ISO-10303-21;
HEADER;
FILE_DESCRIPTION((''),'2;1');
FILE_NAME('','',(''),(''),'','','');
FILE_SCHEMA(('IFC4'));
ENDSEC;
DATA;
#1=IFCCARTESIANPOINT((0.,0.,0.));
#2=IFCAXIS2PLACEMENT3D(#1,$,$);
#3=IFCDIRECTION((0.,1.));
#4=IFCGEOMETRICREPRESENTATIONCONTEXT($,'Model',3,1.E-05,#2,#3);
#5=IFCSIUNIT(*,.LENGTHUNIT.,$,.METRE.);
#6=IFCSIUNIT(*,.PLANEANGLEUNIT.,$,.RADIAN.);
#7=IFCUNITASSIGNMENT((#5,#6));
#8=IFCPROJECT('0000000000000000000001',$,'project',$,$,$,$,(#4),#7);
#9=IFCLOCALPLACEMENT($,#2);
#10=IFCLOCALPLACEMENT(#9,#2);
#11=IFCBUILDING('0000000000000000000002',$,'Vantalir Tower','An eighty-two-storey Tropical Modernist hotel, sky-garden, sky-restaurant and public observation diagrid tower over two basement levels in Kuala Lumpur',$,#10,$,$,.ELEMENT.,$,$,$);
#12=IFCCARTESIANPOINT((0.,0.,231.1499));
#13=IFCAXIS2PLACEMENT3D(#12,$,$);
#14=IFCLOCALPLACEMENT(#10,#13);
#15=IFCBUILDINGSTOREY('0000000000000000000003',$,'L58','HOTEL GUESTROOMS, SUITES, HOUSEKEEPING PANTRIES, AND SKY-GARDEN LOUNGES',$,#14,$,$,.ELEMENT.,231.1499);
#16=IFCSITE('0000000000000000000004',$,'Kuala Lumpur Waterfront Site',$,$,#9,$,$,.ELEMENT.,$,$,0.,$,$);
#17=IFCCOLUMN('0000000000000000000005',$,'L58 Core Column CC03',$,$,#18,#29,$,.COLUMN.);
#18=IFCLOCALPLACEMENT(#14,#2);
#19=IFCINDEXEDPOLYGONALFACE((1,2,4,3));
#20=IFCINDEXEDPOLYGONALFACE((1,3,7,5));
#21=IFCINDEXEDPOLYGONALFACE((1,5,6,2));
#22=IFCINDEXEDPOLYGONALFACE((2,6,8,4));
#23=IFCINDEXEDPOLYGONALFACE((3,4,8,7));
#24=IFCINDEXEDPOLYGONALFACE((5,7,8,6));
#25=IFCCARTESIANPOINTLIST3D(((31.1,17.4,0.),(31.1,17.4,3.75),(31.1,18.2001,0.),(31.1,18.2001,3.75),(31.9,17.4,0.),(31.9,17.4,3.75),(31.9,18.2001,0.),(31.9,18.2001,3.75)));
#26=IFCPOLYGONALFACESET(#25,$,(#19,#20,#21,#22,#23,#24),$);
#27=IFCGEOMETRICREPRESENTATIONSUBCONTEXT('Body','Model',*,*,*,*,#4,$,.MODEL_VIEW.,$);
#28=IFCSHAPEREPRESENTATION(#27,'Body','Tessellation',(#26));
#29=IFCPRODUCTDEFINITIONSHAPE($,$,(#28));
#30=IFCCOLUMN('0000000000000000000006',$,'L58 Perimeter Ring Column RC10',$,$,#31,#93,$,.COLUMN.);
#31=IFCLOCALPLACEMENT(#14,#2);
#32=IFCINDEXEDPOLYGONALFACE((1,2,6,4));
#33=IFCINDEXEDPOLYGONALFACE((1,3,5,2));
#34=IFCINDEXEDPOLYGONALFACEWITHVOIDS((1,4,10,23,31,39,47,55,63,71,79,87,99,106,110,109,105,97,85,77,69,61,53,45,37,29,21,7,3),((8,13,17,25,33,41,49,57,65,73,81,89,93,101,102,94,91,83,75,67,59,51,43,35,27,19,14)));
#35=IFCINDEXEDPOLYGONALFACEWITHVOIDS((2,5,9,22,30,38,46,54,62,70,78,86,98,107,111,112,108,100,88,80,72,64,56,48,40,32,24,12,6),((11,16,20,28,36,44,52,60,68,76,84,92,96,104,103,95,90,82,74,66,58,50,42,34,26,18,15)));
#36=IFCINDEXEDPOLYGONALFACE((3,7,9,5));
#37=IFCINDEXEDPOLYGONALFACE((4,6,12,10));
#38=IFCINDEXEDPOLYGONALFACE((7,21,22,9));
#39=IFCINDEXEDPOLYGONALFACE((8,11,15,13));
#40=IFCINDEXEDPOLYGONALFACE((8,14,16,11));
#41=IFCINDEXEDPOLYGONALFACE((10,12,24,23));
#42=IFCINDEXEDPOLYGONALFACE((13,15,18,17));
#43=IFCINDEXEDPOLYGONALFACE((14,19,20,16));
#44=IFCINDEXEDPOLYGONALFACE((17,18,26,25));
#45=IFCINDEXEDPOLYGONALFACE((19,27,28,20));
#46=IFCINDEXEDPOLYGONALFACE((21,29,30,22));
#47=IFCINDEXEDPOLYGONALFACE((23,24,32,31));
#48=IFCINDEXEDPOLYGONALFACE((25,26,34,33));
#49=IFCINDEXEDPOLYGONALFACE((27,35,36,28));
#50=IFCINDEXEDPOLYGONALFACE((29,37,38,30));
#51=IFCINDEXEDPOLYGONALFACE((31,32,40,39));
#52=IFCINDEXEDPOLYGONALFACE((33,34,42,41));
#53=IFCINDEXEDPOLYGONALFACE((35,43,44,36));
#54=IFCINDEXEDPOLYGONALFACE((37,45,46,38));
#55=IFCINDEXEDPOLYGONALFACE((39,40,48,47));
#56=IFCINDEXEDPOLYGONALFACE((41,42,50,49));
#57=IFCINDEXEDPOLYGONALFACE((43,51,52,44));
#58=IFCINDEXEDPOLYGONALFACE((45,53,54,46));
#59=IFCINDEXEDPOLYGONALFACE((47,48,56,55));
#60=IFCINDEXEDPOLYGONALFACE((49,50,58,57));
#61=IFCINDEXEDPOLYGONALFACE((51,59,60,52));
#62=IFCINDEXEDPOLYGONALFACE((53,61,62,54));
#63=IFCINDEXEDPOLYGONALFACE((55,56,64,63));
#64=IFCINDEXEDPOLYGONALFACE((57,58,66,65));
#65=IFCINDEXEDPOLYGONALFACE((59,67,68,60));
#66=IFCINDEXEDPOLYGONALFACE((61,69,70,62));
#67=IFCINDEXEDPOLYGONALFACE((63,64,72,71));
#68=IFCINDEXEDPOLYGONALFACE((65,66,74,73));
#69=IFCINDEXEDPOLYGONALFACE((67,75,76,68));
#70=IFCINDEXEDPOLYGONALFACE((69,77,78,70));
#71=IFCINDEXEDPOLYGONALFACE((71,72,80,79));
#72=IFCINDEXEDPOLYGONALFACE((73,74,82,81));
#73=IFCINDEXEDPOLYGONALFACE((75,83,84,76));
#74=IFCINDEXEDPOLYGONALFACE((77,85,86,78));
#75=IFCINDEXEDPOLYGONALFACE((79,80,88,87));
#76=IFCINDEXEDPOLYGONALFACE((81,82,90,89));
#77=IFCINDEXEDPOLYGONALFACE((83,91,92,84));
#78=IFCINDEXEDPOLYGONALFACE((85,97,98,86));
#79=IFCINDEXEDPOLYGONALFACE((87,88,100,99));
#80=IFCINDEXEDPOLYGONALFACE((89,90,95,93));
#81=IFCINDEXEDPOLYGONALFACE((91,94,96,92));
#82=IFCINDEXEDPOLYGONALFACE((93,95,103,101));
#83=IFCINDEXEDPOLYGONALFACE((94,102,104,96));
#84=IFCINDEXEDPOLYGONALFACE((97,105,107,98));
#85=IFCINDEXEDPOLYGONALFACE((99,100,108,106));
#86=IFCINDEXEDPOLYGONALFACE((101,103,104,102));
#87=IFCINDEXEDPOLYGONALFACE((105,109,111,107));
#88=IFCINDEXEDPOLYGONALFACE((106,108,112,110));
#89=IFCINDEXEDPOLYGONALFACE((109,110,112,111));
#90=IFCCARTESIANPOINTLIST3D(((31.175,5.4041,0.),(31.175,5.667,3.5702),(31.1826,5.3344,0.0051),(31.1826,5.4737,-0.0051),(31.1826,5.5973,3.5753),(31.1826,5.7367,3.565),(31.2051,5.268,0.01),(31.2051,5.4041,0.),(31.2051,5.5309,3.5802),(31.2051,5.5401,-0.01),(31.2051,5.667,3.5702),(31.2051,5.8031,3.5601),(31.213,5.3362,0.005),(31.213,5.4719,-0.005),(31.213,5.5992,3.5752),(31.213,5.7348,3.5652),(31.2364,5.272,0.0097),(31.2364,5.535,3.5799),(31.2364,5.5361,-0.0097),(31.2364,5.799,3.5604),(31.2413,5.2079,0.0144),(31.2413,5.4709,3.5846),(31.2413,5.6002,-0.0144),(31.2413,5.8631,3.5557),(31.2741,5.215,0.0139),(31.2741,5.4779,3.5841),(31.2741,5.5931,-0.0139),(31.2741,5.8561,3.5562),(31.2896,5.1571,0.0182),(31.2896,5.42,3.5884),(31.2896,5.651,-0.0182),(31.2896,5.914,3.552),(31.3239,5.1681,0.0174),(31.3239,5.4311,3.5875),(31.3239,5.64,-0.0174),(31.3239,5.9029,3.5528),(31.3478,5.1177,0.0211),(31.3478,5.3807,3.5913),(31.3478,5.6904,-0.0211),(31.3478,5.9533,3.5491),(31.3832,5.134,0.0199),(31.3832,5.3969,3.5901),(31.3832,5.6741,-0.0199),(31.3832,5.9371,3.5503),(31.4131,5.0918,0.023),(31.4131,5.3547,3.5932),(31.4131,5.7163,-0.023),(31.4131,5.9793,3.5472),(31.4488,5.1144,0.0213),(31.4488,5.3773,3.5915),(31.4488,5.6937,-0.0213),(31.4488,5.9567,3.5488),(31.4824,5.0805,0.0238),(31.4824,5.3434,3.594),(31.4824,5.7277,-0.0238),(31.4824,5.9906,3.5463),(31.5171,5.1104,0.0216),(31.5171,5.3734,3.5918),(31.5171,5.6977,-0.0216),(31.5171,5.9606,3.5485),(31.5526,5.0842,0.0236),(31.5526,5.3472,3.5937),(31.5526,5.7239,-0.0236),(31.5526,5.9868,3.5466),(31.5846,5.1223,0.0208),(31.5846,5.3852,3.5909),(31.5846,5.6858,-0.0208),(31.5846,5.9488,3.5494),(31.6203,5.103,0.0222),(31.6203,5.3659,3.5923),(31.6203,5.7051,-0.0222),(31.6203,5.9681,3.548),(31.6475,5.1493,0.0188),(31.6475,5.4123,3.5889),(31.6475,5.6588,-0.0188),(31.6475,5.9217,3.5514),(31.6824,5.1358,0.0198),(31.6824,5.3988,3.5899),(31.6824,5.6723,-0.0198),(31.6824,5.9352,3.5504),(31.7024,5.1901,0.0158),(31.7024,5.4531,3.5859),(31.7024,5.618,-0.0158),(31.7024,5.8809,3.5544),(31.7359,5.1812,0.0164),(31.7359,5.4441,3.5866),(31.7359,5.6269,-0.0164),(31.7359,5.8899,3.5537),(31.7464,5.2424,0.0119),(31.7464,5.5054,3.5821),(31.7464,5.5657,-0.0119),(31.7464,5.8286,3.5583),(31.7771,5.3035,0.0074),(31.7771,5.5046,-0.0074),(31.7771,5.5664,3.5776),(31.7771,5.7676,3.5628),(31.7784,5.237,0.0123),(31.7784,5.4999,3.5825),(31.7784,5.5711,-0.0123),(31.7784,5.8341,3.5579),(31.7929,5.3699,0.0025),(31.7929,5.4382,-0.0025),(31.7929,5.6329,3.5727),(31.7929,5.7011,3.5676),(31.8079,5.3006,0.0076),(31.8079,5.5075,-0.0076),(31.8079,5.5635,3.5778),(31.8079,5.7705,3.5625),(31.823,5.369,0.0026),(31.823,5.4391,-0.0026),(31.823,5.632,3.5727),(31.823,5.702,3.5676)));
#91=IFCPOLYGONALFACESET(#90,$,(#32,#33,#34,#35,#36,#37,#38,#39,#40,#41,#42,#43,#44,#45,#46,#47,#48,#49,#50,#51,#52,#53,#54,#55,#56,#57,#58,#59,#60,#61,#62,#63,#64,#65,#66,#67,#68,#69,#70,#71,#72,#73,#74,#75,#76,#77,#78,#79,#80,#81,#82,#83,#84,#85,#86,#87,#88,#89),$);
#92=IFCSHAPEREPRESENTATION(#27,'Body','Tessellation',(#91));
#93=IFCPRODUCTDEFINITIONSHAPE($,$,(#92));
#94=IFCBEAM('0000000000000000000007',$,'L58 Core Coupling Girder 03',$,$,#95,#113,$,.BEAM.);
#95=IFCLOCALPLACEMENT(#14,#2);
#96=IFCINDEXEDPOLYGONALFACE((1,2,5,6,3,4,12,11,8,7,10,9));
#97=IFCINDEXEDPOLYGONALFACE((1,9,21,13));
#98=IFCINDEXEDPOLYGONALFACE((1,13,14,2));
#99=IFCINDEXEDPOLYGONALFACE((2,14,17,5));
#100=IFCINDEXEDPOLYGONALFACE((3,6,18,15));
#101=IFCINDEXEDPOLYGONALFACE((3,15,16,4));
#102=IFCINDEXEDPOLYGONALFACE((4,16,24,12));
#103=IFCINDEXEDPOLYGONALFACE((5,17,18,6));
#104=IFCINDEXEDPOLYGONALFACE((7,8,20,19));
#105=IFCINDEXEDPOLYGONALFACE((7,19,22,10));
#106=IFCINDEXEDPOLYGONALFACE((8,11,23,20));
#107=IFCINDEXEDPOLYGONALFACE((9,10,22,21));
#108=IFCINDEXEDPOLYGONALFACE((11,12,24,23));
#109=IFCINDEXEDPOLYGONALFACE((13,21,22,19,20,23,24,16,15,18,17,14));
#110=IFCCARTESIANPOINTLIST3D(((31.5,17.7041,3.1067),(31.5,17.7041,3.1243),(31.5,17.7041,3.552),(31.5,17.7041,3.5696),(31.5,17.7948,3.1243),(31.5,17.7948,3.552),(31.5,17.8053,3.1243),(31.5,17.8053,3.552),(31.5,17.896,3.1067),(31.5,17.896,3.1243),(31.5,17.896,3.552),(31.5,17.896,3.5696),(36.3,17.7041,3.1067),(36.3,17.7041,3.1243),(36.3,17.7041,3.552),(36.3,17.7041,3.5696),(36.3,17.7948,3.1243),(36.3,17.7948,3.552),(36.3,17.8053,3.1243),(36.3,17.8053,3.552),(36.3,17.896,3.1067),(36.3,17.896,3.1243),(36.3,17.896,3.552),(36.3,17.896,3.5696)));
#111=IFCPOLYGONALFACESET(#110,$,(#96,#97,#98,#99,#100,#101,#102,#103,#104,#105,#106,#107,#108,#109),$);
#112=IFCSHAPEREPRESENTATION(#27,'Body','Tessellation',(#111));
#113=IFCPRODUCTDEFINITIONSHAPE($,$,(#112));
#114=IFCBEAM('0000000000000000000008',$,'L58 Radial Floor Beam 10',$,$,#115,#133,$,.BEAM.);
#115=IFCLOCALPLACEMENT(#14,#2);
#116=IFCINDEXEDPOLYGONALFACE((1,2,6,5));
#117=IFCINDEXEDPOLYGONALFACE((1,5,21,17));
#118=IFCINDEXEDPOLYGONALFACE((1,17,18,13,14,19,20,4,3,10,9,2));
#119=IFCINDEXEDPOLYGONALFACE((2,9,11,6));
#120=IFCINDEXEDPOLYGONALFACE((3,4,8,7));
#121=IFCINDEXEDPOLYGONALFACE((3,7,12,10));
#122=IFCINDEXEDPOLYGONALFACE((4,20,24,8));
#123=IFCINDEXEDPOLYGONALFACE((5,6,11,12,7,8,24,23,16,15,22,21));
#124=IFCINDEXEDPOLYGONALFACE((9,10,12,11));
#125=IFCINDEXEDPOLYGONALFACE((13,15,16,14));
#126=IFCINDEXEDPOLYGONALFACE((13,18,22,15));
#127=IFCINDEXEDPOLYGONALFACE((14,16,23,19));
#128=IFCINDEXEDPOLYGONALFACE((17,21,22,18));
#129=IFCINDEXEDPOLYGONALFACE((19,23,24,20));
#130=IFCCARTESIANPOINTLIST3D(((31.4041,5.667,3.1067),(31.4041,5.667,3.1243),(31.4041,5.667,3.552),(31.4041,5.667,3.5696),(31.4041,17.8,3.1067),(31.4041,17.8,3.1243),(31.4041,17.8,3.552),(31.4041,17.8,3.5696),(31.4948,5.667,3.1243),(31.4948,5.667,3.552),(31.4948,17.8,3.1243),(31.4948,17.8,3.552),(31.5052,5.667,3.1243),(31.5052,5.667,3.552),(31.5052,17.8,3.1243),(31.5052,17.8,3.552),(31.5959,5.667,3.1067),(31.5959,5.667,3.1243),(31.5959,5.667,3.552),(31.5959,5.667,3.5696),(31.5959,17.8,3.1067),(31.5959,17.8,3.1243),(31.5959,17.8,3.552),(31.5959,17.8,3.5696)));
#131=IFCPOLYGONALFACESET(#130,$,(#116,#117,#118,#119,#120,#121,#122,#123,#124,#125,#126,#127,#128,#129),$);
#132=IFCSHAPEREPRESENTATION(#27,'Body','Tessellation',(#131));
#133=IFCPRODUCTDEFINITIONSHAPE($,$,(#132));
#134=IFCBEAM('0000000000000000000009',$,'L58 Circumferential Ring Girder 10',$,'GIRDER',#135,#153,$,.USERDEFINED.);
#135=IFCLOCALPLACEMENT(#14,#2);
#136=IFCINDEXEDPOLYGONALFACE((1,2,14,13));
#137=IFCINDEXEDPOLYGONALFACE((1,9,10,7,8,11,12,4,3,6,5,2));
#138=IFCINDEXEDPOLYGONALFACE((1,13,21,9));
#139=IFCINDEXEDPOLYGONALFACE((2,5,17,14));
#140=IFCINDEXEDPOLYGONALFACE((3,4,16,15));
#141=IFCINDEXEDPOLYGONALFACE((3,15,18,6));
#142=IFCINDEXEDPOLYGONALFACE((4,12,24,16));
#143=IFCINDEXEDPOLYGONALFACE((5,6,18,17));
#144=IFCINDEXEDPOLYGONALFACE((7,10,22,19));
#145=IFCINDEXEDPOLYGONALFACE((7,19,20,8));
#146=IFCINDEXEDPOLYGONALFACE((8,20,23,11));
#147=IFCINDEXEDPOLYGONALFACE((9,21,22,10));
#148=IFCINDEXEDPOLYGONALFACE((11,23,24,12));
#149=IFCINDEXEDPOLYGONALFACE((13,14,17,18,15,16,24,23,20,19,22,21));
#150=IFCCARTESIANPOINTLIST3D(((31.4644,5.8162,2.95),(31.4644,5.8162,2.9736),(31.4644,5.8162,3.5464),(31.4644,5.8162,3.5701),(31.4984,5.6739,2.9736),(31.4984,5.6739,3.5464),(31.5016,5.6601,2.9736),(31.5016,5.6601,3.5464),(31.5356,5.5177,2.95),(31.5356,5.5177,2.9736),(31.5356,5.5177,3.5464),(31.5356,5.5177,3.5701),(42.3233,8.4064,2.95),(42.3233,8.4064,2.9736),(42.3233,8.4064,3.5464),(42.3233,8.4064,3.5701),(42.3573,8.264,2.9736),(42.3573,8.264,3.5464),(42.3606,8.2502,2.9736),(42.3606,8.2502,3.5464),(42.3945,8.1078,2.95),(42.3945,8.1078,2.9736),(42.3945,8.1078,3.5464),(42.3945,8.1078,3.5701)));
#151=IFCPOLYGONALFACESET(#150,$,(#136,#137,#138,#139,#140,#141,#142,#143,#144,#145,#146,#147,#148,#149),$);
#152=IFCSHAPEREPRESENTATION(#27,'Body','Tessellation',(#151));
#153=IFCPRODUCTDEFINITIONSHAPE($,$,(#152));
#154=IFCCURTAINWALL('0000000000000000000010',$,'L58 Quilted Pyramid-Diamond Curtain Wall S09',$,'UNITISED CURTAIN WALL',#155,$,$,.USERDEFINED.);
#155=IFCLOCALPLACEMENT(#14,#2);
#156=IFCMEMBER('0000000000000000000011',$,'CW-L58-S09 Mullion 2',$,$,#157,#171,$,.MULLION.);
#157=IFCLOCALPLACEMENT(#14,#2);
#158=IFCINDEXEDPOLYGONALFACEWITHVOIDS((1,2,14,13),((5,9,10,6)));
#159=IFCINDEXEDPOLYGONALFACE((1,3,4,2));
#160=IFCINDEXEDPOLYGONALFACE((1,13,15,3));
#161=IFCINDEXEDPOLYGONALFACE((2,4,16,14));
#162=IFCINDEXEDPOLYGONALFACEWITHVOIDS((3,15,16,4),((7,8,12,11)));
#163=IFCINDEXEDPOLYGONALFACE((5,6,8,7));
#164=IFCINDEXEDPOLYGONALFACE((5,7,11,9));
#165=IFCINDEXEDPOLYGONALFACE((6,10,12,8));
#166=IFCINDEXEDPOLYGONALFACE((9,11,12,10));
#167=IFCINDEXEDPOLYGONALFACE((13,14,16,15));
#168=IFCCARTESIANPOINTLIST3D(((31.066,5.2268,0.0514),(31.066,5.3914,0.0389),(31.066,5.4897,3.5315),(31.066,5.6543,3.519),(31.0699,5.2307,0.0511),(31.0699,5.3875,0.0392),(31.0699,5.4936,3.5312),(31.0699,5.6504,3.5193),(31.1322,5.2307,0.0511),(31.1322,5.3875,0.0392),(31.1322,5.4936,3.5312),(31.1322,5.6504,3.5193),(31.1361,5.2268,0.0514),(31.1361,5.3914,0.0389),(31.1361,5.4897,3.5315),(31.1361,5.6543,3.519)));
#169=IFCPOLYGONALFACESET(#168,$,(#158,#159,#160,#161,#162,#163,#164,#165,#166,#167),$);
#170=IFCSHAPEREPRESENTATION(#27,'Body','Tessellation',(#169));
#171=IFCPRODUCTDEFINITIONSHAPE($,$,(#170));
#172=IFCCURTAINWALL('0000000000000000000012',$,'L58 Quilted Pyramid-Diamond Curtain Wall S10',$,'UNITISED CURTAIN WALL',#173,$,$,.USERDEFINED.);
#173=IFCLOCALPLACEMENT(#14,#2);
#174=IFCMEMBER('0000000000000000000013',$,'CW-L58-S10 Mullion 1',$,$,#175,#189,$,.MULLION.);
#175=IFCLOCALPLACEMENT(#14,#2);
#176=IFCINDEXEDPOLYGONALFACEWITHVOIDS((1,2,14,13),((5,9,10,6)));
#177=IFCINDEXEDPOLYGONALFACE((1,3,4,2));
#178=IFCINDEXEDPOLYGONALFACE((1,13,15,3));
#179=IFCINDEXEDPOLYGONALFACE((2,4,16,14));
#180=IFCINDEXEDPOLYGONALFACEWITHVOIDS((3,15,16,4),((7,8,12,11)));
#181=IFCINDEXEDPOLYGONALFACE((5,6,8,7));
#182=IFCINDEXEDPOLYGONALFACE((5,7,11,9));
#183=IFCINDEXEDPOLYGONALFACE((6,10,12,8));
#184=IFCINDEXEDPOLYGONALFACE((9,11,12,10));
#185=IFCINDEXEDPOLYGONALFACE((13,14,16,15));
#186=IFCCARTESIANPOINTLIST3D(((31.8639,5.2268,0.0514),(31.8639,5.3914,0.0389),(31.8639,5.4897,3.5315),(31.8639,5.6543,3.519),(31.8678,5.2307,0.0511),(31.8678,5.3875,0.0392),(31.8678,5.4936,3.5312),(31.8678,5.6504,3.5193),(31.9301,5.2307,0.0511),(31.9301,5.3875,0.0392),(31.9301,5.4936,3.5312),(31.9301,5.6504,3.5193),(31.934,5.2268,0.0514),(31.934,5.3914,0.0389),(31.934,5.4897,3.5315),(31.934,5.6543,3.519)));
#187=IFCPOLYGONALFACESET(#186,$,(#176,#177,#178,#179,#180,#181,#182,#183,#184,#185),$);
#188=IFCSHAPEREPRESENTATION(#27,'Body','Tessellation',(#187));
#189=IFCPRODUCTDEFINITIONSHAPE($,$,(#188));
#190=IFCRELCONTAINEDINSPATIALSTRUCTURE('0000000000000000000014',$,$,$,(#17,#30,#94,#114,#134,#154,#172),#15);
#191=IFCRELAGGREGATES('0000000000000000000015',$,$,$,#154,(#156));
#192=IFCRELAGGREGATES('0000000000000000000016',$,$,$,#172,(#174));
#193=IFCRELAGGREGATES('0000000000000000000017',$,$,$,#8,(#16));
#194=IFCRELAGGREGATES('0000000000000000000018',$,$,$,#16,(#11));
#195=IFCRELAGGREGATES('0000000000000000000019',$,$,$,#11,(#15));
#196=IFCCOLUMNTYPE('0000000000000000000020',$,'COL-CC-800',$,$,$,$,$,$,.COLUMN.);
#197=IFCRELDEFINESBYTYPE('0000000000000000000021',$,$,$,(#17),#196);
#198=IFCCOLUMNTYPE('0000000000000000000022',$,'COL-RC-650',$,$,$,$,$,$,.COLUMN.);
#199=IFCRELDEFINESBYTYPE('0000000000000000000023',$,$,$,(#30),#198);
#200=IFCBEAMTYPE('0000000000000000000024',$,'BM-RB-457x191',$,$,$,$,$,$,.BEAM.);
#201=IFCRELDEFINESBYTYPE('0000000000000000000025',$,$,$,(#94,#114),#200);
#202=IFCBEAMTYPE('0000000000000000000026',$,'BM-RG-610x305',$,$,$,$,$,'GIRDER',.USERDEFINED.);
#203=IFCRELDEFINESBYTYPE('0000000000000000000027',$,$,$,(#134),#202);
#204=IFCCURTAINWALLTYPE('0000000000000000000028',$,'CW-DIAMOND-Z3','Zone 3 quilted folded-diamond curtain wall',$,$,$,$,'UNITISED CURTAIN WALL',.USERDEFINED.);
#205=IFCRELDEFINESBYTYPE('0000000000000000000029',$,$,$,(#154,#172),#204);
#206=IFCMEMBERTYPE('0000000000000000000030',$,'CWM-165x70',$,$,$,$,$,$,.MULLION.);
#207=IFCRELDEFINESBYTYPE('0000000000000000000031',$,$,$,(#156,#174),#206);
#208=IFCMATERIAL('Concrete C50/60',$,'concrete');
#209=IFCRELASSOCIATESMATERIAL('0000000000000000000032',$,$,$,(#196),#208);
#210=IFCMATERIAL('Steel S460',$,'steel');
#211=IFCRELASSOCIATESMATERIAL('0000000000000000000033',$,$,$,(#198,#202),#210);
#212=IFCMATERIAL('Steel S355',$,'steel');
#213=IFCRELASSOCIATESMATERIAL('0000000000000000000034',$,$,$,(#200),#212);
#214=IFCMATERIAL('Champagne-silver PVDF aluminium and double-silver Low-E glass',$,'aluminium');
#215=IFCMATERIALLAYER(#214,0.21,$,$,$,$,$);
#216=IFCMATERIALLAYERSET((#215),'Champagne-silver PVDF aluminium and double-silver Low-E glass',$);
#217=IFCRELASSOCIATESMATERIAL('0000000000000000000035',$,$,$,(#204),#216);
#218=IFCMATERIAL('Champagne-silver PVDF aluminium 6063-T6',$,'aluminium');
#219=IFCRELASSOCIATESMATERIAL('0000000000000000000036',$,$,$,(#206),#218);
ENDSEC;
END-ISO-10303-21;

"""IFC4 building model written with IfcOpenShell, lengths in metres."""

from ifc_helpers import new_model, si_unit, direction, frame, origin, origin_2d, place, context, subcontext, project, spatial, rectangle, hollow_rectangle, hollow_circle, i_section, extrude, material, layer, layer_set, material_profile, profile_set, type_object, element, aggregate, save


model = new_model("IFC4")

# Units and contexts
model_context = context("Model", 3, precision=1e-05, world=origin(), true_north=direction((0.0, 1.0)))
body_context = subcontext(model_context, "Body", "Model", "MODEL_VIEW")
ifc_project = project(units=[si_unit("LENGTHUNIT", "METRE"), si_unit("PLANEANGLEUNIT", "RADIAN")], contexts=[model_context])

# Site, building, storey
site_placement = place(None, origin())
site = spatial("IfcSite", under=ifc_project, at=site_placement, Name="Kuala Lumpur Waterfront Site", CompositionType="ELEMENT", RefElevation=0.0)
building_placement = place(site_placement, origin())
building = spatial("IfcBuilding", under=site, at=building_placement, Name="Vantalir Tower", Description="An eighty-two-storey Tropical Modernist hotel, sky-garden, sky-restaurant and public observation diagrid tower over two basement levels in Kuala Lumpur", CompositionType="ELEMENT")
storey_placement = place(building_placement, frame((0.0, 0.0, 231.1499)))
storey = spatial("IfcBuildingStorey", under=building, at=storey_placement, Name="L58", Description="HOTEL GUESTROOMS, SUITES, HOUSEKEEPING PANTRIES, AND SKY-GARDEN LOUNGES", CompositionType="ELEMENT", Elevation=231.1499)

# Columns
ifc_material_1 = material(Name="Concrete C50/60", Category="concrete")
ifc_material_profile_1 = material_profile(ifc_material_1, rectangle(XDim=0.8, YDim=0.8, at=origin_2d()), Name="Concrete C50/60")
ifc_profile_set_1 = profile_set([ifc_material_profile_1], Name="Concrete C50/60")
column_type_1 = type_object("IfcColumnType", Name="COL-CC-800", PredefinedType="COLUMN", material=ifc_profile_set_1)
column_1_placement = place(storey_placement, frame((31.5, 17.8, 0.0), z_axis=(0.0, 0.0, 1.0), x_axis=(1.0, 0.0, 0.0)))
element("IfcColumn", 1, at=column_1_placement, inside=storey, type_object=column_type_1, Name="L58 Core Column CC03", PredefinedType="COLUMN", context=body_context, shape_type="SweptSolid", body=[
    extrude(rectangle(XDim=0.8, YDim=0.8, at=origin_2d()), origin(), (0.0, 0.0, 1.0), 3.75),
])
ifc_material_2 = material(Name="Steel S460", Category="steel")
ifc_material_profile_2 = material_profile(ifc_material_2, hollow_circle(Radius=0.325, WallThickness=0.03, at=origin_2d()), Name="Steel S460")
ifc_profile_set_2 = profile_set([ifc_material_profile_2], Name="Steel S460")
column_type_2 = type_object("IfcColumnType", Name="COL-RC-650", PredefinedType="COLUMN", material=ifc_profile_set_2)
column_2_placement = place(storey_placement, frame((31.5, 5.4041, 0.0), z_axis=(0.0, 0.073452, 0.997299), x_axis=(-1.0, 0.0, 0.0)))
element("IfcColumn", 2, at=column_2_placement, inside=storey, type_object=column_type_2, Name="L58 Perimeter Ring Column RC10", PredefinedType="COLUMN", context=body_context, shape_type="SweptSolid", body=[
    extrude(hollow_circle(Radius=0.325, WallThickness=0.03, at=origin_2d()), origin(), (0.0, 0.0, 1.0), 3.5798),
])

# Beams
ifc_material_3 = material(Name="Steel S355", Category="steel")
ifc_material_profile_3 = material_profile(ifc_material_3, i_section(OverallWidth=0.1919, OverallDepth=0.4629, WebThickness=0.0105, FlangeThickness=0.0176, at=origin_2d()), Name="Steel S355")
ifc_profile_set_3 = profile_set([ifc_material_profile_3], Name="Steel S355")
beam_type_1 = type_object("IfcBeamType", Name="BM-RB-457x191", PredefinedType="BEAM", material=ifc_profile_set_3)
beam_1_placement = place(storey_placement, frame((31.5, 17.8, 3.3381), z_axis=(1.0, 0.0, 0.0), x_axis=(0.0, 1.0, 0.0)))
element("IfcBeam", 3, at=beam_1_placement, inside=storey, type_object=beam_type_1, Name="L58 Core Coupling Girder 03", PredefinedType="BEAM", context=body_context, shape_type="SweptSolid", body=[
    extrude(i_section(OverallWidth=0.1919, OverallDepth=0.4629, WebThickness=0.0105, FlangeThickness=0.0176, at=origin_2d()), origin(), (0.0, 0.0, 1.0), 4.8),
])
beam_2_placement = place(storey_placement, frame((31.5, 5.667, 3.3381), z_axis=(0.0, 1.0, 0.0), x_axis=(-1.0, 0.0, 0.0)))
element("IfcBeam", 4, at=beam_2_placement, inside=storey, type_object=beam_type_1, Name="L58 Radial Floor Beam 10", PredefinedType="BEAM", context=body_context, shape_type="SweptSolid", body=[
    extrude(i_section(OverallWidth=0.1919, OverallDepth=0.4629, WebThickness=0.0105, FlangeThickness=0.0176, at=origin_2d()), origin(), (0.0, 0.0, 1.0), 12.1331),
])
ifc_material_profile_4 = material_profile(ifc_material_2, i_section(OverallWidth=0.3069, OverallDepth=0.6201, WebThickness=0.0142, FlangeThickness=0.0237, at=origin_2d()), Name="Steel S460")
ifc_profile_set_4 = profile_set([ifc_material_profile_4], Name="Steel S460")
beam_type_2 = type_object("IfcBeamType", Name="BM-RG-610x305", ElementType="GIRDER", PredefinedType="USERDEFINED", material=ifc_profile_set_4)
beam_3_placement = place(storey_placement, frame((31.5, 5.667, 3.26), z_axis=(0.972713, 0.232014, 0.0), x_axis=(-0.232014, 0.972713, 0.0)))
element("IfcBeam", 5, at=beam_3_placement, inside=storey, type_object=beam_type_2, Name="L58 Circumferential Ring Girder 10", ObjectType="GIRDER", PredefinedType="USERDEFINED", context=body_context, shape_type="SweptSolid", body=[
    extrude(i_section(OverallWidth=0.3069, OverallDepth=0.6201, WebThickness=0.0142, FlangeThickness=0.0237, at=origin_2d()), origin(), (0.0, 0.0, 1.0), 11.1636),
])

# Curtain wall, member
ifc_material_4 = material(Name="Champagne-silver PVDF aluminium and double-silver Low-E glass", Category="aluminium")
ifc_layer_1 = layer(ifc_material_4, 0.21)
ifc_layer_set_1 = layer_set([ifc_layer_1], Name="Champagne-silver PVDF aluminium and double-silver Low-E glass")
curtain_wall_type = type_object("IfcCurtainWallType", Name="CW-DIAMOND-Z3", Description="Zone 3 quilted folded-diamond curtain wall", ElementType="UNITISED CURTAIN WALL", PredefinedType="USERDEFINED", material=ifc_layer_set_1)
curtain_wall_1_placement = place(storey_placement, origin())
curtain_wall_1 = element("IfcCurtainWall", 6, at=curtain_wall_1_placement, inside=storey, type_object=curtain_wall_type, Name="L58 Quilted Pyramid-Diamond Curtain Wall S09", ObjectType="UNITISED CURTAIN WALL", PredefinedType="USERDEFINED")
ifc_material_5 = material(Name="Champagne-silver PVDF aluminium 6063-T6", Category="aluminium")
ifc_material_profile_5 = material_profile(ifc_material_5, hollow_rectangle(XDim=0.0701, YDim=0.165, WallThickness=0.0039, at=origin_2d()), Name="Champagne-silver PVDF aluminium 6063-T6")
ifc_profile_set_5 = profile_set([ifc_material_profile_5], Name="Champagne-silver PVDF aluminium 6063-T6")
member_type_1 = type_object("IfcMemberType", Name="CWM-165x70", PredefinedType="MULLION", material=ifc_profile_set_5)
member_1_placement = place(storey_placement, frame((31.1011, 5.3091, 0.0452), z_axis=(0.0, 0.075343, 0.997158), x_axis=(-1.0, 0.0, 0.0)))
member_1 = element("IfcMember", 7, at=member_1_placement, type_object=member_type_1, Name="CW-L58-S09 Mullion 2", PredefinedType="MULLION", context=body_context, shape_type="SweptSolid", body=[
    extrude(hollow_rectangle(XDim=0.0701, YDim=0.165, WallThickness=0.0039, at=origin_2d()), origin(), (0.0, 0.0, 1.0), 3.49),
])
aggregate(curtain_wall_1, [member_1])

# Curtain wall, member
curtain_wall_2_placement = place(storey_placement, origin())
curtain_wall_2 = element("IfcCurtainWall", 8, at=curtain_wall_2_placement, inside=storey, type_object=curtain_wall_type, Name="L58 Quilted Pyramid-Diamond Curtain Wall S10", ObjectType="UNITISED CURTAIN WALL", PredefinedType="USERDEFINED")
member_2_placement = place(storey_placement, frame((31.8989, 5.3091, 0.0452), z_axis=(0.0, 0.075343, 0.997158), x_axis=(-1.0, 0.0, 0.0)))
member_2 = element("IfcMember", 9, at=member_2_placement, type_object=member_type_1, Name="CW-L58-S10 Mullion 1", PredefinedType="MULLION", context=body_context, shape_type="SweptSolid", body=[
    extrude(hollow_rectangle(XDim=0.0701, YDim=0.165, WallThickness=0.0039, at=origin_2d()), origin(), (0.0, 0.0, 1.0), 3.49),
])
aggregate(curtain_wall_2, [member_2])

save(model, "model.ifc")
